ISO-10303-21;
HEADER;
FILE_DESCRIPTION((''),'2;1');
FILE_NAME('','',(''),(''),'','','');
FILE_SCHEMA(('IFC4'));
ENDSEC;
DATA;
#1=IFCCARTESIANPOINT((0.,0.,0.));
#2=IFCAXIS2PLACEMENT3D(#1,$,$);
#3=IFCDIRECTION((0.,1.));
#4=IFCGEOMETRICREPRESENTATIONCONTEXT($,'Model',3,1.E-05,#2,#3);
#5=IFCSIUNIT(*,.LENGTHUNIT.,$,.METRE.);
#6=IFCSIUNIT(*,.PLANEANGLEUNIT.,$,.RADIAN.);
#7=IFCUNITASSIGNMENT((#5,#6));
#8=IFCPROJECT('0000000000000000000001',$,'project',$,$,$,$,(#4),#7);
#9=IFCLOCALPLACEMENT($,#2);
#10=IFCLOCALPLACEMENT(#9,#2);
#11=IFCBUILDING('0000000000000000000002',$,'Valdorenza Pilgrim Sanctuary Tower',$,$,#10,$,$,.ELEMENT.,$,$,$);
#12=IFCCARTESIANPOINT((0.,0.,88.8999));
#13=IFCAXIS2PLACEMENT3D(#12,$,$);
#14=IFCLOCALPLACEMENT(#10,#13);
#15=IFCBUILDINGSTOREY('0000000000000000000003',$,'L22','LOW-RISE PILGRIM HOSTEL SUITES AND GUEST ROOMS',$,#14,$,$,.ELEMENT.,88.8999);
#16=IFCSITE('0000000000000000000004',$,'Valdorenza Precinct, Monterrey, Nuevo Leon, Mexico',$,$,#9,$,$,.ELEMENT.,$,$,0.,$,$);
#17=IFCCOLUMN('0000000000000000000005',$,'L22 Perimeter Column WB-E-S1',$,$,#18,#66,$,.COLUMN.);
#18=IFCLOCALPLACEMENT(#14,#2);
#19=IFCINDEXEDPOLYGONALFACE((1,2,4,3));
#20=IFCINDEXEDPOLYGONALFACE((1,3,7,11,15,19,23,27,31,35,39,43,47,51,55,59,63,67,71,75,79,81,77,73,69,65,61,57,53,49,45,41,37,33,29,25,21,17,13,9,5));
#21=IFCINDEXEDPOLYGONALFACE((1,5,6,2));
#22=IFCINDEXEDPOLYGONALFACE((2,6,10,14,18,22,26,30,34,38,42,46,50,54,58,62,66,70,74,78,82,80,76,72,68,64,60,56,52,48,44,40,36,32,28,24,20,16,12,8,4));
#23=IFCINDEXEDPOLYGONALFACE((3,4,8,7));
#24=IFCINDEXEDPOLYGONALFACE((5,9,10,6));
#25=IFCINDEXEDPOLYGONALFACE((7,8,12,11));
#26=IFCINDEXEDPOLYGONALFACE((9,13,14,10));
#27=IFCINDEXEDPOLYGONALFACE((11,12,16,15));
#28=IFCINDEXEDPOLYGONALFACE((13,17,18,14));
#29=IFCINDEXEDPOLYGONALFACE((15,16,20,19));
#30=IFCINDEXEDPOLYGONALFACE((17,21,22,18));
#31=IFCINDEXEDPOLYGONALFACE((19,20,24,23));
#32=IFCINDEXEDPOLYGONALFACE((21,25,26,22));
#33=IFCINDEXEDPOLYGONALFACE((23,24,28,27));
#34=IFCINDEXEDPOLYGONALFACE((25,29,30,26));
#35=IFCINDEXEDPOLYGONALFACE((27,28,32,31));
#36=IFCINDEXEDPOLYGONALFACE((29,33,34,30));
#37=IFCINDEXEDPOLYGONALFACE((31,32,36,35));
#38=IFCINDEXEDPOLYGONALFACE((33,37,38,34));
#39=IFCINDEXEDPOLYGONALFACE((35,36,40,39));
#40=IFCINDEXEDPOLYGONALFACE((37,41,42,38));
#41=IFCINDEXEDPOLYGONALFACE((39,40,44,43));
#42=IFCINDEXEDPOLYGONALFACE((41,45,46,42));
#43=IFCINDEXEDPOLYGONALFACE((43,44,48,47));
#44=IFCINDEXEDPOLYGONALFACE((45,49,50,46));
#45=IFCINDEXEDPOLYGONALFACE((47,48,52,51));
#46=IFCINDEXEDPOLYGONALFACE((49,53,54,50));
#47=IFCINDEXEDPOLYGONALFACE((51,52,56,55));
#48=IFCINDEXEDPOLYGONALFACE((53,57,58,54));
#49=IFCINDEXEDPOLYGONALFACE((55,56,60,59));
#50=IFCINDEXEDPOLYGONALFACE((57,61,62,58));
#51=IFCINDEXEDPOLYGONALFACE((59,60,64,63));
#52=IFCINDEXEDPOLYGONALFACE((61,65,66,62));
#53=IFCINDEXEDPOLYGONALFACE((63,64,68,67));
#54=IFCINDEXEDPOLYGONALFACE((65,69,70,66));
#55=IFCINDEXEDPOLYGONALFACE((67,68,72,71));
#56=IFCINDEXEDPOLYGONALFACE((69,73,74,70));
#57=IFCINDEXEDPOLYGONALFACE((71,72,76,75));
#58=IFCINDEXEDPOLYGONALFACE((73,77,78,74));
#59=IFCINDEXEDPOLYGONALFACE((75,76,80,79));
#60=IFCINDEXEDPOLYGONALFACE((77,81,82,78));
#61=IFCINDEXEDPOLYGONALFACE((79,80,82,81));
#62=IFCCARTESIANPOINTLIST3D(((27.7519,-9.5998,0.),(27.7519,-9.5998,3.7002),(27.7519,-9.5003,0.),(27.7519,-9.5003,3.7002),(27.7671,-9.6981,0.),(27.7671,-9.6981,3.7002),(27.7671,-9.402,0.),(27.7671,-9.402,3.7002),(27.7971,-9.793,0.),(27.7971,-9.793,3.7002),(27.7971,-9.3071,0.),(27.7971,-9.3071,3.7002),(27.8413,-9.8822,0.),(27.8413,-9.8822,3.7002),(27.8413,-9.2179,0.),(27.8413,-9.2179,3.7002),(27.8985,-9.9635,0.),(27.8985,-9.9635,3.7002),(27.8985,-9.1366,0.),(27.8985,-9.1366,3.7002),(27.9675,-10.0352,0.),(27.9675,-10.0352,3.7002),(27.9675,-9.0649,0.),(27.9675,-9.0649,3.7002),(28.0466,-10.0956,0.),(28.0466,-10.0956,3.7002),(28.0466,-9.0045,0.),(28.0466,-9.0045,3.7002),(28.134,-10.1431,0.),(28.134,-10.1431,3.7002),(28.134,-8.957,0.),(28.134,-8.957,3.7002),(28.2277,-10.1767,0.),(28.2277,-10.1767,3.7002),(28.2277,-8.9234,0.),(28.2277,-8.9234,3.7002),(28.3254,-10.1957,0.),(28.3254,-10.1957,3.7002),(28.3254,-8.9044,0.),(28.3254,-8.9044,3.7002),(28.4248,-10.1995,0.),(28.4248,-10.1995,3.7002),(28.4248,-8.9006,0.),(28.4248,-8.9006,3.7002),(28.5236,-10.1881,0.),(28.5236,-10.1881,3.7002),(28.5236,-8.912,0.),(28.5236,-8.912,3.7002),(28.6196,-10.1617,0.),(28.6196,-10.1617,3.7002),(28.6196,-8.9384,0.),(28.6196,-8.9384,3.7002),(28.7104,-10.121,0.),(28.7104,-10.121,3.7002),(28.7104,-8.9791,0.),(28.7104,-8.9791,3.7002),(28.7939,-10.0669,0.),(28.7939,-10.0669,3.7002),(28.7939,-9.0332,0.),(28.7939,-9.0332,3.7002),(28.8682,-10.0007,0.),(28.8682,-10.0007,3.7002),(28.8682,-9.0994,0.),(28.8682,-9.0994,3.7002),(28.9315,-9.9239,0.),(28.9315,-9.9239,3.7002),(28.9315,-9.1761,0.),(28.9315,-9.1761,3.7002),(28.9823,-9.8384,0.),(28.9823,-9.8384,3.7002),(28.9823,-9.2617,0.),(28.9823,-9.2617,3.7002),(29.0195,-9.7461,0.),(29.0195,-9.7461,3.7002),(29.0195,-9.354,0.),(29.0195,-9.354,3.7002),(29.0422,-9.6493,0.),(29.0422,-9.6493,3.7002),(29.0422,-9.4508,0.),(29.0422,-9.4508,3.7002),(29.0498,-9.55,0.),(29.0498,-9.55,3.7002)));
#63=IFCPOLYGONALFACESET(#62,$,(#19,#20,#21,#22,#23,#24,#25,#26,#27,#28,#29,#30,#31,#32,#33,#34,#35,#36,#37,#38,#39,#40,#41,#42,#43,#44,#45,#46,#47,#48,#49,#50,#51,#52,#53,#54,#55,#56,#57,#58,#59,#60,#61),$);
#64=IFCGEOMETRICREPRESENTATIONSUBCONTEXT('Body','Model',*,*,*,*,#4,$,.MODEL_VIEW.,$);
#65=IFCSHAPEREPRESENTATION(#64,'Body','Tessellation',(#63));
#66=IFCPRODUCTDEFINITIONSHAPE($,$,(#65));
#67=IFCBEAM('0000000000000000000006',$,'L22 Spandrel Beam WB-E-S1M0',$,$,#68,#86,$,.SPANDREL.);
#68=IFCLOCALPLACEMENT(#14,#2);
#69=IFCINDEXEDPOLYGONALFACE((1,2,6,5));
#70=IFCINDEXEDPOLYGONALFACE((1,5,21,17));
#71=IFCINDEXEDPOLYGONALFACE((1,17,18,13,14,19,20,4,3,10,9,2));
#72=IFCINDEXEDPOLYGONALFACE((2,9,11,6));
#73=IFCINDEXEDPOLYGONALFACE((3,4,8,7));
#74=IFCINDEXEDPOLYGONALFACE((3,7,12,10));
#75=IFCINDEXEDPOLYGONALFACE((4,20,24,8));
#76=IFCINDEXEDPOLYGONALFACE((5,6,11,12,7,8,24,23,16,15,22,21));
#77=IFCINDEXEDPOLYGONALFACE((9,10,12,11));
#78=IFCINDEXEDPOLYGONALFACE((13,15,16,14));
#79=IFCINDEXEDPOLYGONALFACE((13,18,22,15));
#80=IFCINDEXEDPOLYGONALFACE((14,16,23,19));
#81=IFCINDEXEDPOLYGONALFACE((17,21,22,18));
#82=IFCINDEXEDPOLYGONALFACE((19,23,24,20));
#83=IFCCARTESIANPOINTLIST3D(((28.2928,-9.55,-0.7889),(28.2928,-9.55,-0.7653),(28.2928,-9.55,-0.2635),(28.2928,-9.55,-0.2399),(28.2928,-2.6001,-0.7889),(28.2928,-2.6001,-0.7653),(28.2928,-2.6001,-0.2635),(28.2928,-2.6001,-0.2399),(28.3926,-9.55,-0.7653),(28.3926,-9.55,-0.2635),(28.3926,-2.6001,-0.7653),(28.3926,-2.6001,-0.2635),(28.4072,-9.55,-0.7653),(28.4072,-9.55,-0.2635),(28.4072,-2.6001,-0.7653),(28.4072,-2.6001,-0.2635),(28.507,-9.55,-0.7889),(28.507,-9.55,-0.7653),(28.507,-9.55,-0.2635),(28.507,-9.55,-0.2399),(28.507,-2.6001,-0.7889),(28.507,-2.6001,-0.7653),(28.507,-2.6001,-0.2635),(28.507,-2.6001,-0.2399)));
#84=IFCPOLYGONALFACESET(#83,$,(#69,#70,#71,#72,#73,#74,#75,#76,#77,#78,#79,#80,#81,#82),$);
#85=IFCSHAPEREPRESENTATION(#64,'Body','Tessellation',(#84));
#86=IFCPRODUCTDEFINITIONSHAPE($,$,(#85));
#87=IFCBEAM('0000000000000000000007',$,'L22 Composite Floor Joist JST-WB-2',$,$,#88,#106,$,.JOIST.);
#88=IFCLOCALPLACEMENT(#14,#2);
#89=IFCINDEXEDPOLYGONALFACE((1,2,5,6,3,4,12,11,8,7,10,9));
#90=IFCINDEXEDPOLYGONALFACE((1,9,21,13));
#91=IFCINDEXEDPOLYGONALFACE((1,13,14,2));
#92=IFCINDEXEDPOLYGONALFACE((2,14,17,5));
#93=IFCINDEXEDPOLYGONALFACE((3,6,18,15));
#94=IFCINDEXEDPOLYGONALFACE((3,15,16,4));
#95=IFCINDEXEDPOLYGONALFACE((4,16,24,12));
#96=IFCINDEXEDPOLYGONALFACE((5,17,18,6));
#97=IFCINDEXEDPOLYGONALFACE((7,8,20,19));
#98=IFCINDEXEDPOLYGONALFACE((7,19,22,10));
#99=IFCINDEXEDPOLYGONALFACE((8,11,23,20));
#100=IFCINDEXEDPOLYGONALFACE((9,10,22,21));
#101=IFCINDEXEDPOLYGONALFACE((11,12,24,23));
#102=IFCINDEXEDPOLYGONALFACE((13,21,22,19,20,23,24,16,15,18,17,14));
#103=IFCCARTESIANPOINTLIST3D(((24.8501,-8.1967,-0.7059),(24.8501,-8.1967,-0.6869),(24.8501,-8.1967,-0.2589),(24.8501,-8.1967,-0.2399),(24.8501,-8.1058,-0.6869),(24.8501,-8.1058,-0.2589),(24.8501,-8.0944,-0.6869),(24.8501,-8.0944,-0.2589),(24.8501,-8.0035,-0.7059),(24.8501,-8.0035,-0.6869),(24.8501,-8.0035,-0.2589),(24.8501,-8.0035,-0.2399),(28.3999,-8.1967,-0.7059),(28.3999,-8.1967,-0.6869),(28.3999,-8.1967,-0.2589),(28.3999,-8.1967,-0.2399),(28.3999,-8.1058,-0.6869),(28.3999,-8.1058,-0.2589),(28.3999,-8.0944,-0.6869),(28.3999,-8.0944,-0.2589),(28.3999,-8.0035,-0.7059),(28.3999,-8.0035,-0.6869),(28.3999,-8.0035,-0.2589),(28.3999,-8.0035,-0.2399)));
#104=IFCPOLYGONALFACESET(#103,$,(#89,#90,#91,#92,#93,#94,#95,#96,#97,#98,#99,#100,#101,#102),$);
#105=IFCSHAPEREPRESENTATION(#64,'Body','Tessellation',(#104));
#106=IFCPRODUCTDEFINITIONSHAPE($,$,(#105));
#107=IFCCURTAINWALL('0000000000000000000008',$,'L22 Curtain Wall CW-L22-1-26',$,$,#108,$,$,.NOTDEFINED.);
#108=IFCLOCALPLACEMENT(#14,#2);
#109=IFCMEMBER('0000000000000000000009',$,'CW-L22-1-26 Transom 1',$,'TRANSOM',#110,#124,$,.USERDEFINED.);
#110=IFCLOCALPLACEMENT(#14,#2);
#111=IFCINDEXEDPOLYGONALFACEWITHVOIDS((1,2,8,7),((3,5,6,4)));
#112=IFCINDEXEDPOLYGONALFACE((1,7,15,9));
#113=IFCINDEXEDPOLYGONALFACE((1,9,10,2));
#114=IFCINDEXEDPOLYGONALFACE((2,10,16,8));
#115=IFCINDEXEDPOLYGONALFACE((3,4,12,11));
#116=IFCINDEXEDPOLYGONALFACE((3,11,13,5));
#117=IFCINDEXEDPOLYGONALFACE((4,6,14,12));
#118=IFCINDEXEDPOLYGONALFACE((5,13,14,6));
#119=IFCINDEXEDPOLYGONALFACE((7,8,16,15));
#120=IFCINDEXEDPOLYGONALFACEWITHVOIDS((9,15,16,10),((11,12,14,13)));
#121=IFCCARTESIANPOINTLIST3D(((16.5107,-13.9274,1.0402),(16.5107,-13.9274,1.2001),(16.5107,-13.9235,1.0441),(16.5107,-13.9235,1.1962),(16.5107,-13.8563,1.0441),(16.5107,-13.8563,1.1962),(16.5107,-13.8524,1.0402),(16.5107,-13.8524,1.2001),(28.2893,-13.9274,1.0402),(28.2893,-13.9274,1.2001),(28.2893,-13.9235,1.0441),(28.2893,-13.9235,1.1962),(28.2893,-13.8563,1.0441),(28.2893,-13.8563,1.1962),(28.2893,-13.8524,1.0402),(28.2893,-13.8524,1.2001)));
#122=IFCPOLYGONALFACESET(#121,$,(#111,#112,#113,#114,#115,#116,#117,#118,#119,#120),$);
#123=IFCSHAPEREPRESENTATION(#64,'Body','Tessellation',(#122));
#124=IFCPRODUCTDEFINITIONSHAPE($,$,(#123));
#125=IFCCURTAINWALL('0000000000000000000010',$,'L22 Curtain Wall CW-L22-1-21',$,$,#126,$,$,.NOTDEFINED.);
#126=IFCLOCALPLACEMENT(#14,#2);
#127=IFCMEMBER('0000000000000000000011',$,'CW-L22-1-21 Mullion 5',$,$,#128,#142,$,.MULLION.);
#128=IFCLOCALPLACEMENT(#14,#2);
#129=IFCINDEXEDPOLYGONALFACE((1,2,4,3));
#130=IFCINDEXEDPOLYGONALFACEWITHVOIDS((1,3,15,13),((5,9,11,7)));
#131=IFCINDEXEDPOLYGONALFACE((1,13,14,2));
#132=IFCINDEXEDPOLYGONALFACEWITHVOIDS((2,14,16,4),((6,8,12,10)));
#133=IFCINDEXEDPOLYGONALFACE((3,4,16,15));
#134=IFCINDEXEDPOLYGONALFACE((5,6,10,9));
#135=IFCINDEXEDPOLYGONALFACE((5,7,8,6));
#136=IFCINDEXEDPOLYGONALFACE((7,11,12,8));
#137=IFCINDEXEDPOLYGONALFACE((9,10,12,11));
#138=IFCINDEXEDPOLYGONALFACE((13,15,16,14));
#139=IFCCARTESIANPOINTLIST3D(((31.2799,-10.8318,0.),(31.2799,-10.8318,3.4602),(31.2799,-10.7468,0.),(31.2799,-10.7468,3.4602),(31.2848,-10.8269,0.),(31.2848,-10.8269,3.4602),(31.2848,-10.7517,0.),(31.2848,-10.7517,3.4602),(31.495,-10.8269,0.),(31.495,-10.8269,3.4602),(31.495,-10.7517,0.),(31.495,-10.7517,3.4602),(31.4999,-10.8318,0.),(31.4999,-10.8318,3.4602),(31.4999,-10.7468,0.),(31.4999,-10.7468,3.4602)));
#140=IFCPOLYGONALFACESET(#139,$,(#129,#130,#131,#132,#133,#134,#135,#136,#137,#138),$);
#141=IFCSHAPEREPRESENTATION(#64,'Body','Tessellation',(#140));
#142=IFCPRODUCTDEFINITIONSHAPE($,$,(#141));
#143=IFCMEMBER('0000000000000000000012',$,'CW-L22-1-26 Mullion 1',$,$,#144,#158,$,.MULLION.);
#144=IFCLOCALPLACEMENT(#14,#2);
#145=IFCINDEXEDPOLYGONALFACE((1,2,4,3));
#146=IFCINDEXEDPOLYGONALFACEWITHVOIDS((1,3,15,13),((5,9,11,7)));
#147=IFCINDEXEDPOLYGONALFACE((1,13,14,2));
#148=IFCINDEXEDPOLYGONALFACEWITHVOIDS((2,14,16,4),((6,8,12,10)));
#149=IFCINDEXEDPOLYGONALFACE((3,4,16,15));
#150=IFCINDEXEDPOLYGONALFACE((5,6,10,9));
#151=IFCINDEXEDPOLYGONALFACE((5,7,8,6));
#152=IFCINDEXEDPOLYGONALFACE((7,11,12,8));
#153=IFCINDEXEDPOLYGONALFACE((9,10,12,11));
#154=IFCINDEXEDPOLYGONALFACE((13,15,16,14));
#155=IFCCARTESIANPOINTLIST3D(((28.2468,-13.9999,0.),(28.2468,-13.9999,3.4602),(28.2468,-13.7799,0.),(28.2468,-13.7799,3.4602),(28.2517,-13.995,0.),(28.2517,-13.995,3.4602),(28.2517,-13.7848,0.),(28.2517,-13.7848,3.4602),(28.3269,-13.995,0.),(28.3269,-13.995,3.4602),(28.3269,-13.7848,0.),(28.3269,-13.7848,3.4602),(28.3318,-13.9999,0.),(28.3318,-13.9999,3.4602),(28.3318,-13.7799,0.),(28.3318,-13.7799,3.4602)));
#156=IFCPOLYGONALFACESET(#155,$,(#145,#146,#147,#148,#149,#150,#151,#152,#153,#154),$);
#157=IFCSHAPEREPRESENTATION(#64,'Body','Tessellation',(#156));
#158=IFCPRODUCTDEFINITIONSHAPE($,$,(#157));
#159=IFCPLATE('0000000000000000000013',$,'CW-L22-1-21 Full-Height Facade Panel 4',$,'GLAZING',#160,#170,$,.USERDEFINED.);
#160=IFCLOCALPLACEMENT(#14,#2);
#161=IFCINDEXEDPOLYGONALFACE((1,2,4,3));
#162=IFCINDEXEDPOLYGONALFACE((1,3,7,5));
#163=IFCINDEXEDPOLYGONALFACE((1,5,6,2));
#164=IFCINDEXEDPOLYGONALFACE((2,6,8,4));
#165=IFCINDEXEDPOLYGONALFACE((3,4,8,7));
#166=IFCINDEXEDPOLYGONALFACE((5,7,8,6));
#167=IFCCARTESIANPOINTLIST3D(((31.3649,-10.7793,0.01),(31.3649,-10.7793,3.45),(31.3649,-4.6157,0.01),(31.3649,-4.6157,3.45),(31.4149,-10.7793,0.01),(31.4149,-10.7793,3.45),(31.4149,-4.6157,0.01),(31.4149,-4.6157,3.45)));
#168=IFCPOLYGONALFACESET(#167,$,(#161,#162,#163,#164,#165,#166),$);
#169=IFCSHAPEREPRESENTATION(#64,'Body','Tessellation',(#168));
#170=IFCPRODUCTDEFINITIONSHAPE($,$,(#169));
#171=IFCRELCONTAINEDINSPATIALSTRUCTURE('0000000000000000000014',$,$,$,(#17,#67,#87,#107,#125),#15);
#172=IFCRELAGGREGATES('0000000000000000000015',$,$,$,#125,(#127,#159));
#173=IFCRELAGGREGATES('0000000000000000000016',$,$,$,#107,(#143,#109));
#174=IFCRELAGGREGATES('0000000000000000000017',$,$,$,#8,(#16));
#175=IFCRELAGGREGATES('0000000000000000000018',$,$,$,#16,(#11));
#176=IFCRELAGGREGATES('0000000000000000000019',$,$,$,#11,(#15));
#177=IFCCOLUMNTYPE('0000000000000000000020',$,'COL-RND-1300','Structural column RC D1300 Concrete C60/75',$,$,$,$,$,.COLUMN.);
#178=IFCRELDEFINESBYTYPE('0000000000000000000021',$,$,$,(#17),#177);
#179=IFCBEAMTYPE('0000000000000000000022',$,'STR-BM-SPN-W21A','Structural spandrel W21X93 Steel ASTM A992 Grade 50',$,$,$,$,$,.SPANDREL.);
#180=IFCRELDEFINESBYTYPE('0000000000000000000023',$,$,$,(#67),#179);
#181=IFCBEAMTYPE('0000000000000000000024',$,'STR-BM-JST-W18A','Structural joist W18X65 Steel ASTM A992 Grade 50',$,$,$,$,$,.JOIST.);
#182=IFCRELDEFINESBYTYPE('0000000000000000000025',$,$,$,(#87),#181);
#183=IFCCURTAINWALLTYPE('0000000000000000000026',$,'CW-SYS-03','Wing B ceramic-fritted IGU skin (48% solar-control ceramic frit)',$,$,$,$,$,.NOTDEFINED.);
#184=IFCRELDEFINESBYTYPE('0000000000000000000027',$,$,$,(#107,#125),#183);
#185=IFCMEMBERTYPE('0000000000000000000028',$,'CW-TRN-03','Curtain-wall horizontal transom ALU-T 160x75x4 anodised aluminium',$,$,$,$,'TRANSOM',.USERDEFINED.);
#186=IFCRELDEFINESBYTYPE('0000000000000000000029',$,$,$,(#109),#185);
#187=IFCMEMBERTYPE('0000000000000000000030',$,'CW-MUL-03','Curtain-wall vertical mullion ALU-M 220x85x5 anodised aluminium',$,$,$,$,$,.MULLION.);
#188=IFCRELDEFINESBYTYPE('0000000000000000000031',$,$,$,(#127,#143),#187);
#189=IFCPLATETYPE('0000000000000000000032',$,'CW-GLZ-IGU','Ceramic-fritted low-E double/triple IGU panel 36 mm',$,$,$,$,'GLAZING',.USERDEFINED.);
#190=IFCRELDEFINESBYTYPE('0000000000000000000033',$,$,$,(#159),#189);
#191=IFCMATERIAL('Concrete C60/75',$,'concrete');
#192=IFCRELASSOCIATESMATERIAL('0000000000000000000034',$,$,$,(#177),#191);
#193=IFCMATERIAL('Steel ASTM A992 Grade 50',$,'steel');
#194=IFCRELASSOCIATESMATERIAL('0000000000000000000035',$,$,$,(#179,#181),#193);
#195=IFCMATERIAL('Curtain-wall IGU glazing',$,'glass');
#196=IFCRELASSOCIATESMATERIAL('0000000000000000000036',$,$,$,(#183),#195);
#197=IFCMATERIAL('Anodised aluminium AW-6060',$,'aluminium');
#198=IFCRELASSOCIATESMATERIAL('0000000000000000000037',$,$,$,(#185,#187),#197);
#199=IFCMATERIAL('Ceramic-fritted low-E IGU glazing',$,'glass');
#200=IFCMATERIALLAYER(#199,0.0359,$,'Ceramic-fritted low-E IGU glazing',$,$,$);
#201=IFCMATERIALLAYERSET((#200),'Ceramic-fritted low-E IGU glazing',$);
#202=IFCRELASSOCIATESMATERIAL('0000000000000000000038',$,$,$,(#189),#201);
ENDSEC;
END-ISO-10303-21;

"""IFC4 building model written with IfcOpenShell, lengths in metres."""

from ifc_helpers import new_model, si_unit, direction, frame, origin, origin_2d, place, context, subcontext, project, spatial, rectangle, hollow_rectangle, circle, i_section, extrude, source, transform, mapped, material, layer, layer_set, material_profile, profile_set, type_object, element, aggregate, save


model = new_model("IFC4")

# Units and contexts
model_context = context("Model", 3, precision=1e-05, world=origin(), true_north=direction((0.0, 1.0)))
body_context = subcontext(model_context, "Body", "Model", "MODEL_VIEW")
ifc_project = project(units=[si_unit("LENGTHUNIT", "METRE"), si_unit("PLANEANGLEUNIT", "RADIAN")], contexts=[model_context])

# Site, building, storey
site_placement = place(None, origin())
site = spatial("IfcSite", under=ifc_project, at=site_placement, Name="Valdorenza Precinct, Monterrey, Nuevo Leon, Mexico", CompositionType="ELEMENT", RefElevation=0.0)
building_placement = place(site_placement, origin())
building = spatial("IfcBuilding", under=site, at=building_placement, Name="Valdorenza Pilgrim Sanctuary Tower", CompositionType="ELEMENT")
storey_placement = place(building_placement, frame((0.0, 0.0, 88.8999)))
storey = spatial("IfcBuildingStorey", under=building, at=storey_placement, Name="L22", Description="LOW-RISE PILGRIM HOSTEL SUITES AND GUEST ROOMS", CompositionType="ELEMENT", Elevation=88.8999)

# Column
ifc_material_1 = material(Name="Concrete C60/75", Category="concrete")
ifc_material_profile_1 = material_profile(ifc_material_1, circle(Radius=0.6499, at=origin_2d()), Name="RC D1300")
ifc_profile_set_1 = profile_set([ifc_material_profile_1], Name="Concrete C60/75")
column_type = type_object("IfcColumnType", Name="COL-RND-1300", Description="Structural column RC D1300 Concrete C60/75", PredefinedType="COLUMN", material=ifc_profile_set_1)
shared_shape_1 = source(origin(), body_context, "Body", "SweptSolid", [
    extrude(circle(Radius=0.6499, at=origin_2d()), origin(), (0.0, 0.0, 1.0), 3.7002),
])
column_placement = place(storey_placement, frame((28.3999, -9.55, 0.0), z_axis=(0.0, 0.0, 1.0), x_axis=(1.0, 0.0, 0.0)))
element("IfcColumn", 1, at=column_placement, inside=storey, type_object=column_type, Name="L22 Perimeter Column WB-E-S1", PredefinedType="COLUMN", context=body_context, shape_type="MappedRepresentation", body=[
    mapped(shared_shape_1, transform((0.0, 0.0, 0.0), x_axis=(1.0, 0.0, 0.0), y_axis=(0.0, 1.0, 0.0), z_axis=(0.0, 0.0, 1.0), scale=1.0)),
])

# Beams
ifc_material_2 = material(Name="Steel ASTM A992 Grade 50", Category="steel")
ifc_material_profile_2 = material_profile(ifc_material_2, i_section(OverallWidth=0.2141, OverallDepth=0.5491, WebThickness=0.0146, FlangeThickness=0.0237, at=origin_2d()), Name="W21X93")
ifc_profile_set_2 = profile_set([ifc_material_profile_2], Name="Steel ASTM A992 Grade 50")
beam_type_1 = type_object("IfcBeamType", Name="STR-BM-SPN-W21A", Description="Structural spandrel W21X93 Steel ASTM A992 Grade 50", PredefinedType="SPANDREL", material=ifc_profile_set_2)
shared_shape_2 = source(origin(), body_context, "Body", "SweptSolid", [
    extrude(i_section(OverallWidth=0.2141, OverallDepth=0.5491, WebThickness=0.0146, FlangeThickness=0.0237, at=origin_2d()), origin(), (0.0, 0.0, 1.0), 6.95),
])
beam_1_placement = place(storey_placement, frame((28.3999, -9.55, -0.5144), z_axis=(0.0, 1.0, 0.0), x_axis=(-1.0, 0.0, 0.0)))
element("IfcBeam", 2, at=beam_1_placement, inside=storey, type_object=beam_type_1, Name="L22 Spandrel Beam WB-E-S1M0", PredefinedType="SPANDREL", context=body_context, shape_type="MappedRepresentation", body=[
    mapped(shared_shape_2, transform((0.0, 0.0, 0.0), x_axis=(1.0, 0.0, 0.0), y_axis=(0.0, 1.0, 0.0), z_axis=(0.0, 0.0, 1.0), scale=1.0)),
])
ifc_material_profile_3 = material_profile(ifc_material_2, i_section(OverallWidth=0.1931, OverallDepth=0.4661, WebThickness=0.0115, FlangeThickness=0.019, at=origin_2d()), Name="W18X65")
ifc_profile_set_3 = profile_set([ifc_material_profile_3], Name="Steel ASTM A992 Grade 50")
beam_type_2 = type_object("IfcBeamType", Name="STR-BM-JST-W18A", Description="Structural joist W18X65 Steel ASTM A992 Grade 50", PredefinedType="JOIST", material=ifc_profile_set_3)
shared_shape_3 = source(origin(), body_context, "Body", "SweptSolid", [
    extrude(i_section(OverallWidth=0.1931, OverallDepth=0.4661, WebThickness=0.0115, FlangeThickness=0.019, at=origin_2d()), origin(), (0.0, 0.0, 1.0), 3.5498),
])
beam_2_placement = place(storey_placement, frame((24.8501, -8.1001, -0.4729), z_axis=(1.0, 0.0, 0.0), x_axis=(0.0, 1.0, 0.0)))
element("IfcBeam", 3, at=beam_2_placement, inside=storey, type_object=beam_type_2, Name="L22 Composite Floor Joist JST-WB-2", PredefinedType="JOIST", context=body_context, shape_type="MappedRepresentation", body=[
    mapped(shared_shape_3, transform((0.0, 0.0, 0.0), x_axis=(1.0, 0.0, 0.0), y_axis=(0.0, 1.0, 0.0), z_axis=(0.0, 0.0, 1.0), scale=1.0)),
])

# Curtain walls, members
ifc_material_3 = material(Name="Curtain-wall IGU glazing", Category="glass")
curtain_wall_type = type_object("IfcCurtainWallType", Name="CW-SYS-03", Description="Wing B ceramic-fritted IGU skin (48% solar-control ceramic frit)", PredefinedType="NOTDEFINED", material=ifc_material_3)
curtain_wall_1_placement = place(storey_placement, origin())
curtain_wall_1 = element("IfcCurtainWall", 4, at=curtain_wall_1_placement, inside=storey, type_object=curtain_wall_type, Name="L22 Curtain Wall CW-L22-1-26", PredefinedType="NOTDEFINED")
ifc_material_4 = material(Name="Anodised aluminium AW-6060", Category="aluminium")
ifc_material_profile_4 = material_profile(ifc_material_4, hollow_rectangle(XDim=0.075, YDim=0.1599, WallThickness=0.0039, at=origin_2d()), Name="ALU-T 160x75x4")
ifc_profile_set_4 = profile_set([ifc_material_profile_4], Name="Anodised aluminium AW-6060")
member_type_1 = type_object("IfcMemberType", Name="CW-TRN-03", Description="Curtain-wall horizontal transom ALU-T 160x75x4 anodised aluminium", ElementType="TRANSOM", PredefinedType="USERDEFINED", material=ifc_profile_set_4)
shared_shape_4 = source(origin(), body_context, "Body", "SweptSolid", [
    extrude(hollow_rectangle(XDim=0.075, YDim=0.1599, WallThickness=0.0039, at=origin_2d()), origin(), (0.0, 0.0, 1.0), 11.7786),
])
member_1_placement = place(storey_placement, frame((28.2893, -13.8899, 1.1201), z_axis=(-1.0, 0.0, 0.0), x_axis=(0.0, -1.0, 0.0)))
member_1 = element("IfcMember", 5, at=member_1_placement, type_object=member_type_1, Name="CW-L22-1-26 Transom 1", ObjectType="TRANSOM", PredefinedType="USERDEFINED", context=body_context, shape_type="MappedRepresentation", body=[
    mapped(shared_shape_4, transform((0.0, 0.0, 0.0), x_axis=(1.0, 0.0, 0.0), y_axis=(0.0, 1.0, 0.0), z_axis=(0.0, 0.0, 1.0), scale=1.0)),
])
curtain_wall_2_placement = place(storey_placement, origin())
curtain_wall_2 = element("IfcCurtainWall", 6, at=curtain_wall_2_placement, inside=storey, type_object=curtain_wall_type, Name="L22 Curtain Wall CW-L22-1-21", PredefinedType="NOTDEFINED")
ifc_material_profile_5 = material_profile(ifc_material_4, hollow_rectangle(XDim=0.085, YDim=0.22, WallThickness=0.0049, at=origin_2d()), Name="ALU-M 220x85x5")
ifc_profile_set_5 = profile_set([ifc_material_profile_5], Name="Anodised aluminium AW-6060")
member_type_2 = type_object("IfcMemberType", Name="CW-MUL-03", Description="Curtain-wall vertical mullion ALU-M 220x85x5 anodised aluminium", PredefinedType="MULLION", material=ifc_profile_set_5)
shared_shape_5 = source(origin(), body_context, "Body", "SweptSolid", [
    extrude(hollow_rectangle(XDim=0.085, YDim=0.22, WallThickness=0.0049, at=origin_2d()), origin(), (0.0, 0.0, 1.0), 3.4602),
])
member_2_placement = place(storey_placement, frame((31.3899, -10.7893, 0.0), z_axis=(0.0, 0.0, 1.0), x_axis=(0.0, -1.0, 0.0)))
member_2 = element("IfcMember", 7, at=member_2_placement, type_object=member_type_2, Name="CW-L22-1-21 Mullion 5", PredefinedType="MULLION", context=body_context, shape_type="MappedRepresentation", body=[
    mapped(shared_shape_5, transform((0.0, 0.0, 0.0), x_axis=(1.0, 0.0, 0.0), y_axis=(0.0, 1.0, 0.0), z_axis=(0.0, 0.0, 1.0), scale=1.0)),
])

# Member
member_3_placement = place(storey_placement, frame((28.2893, -13.8899, 0.0), z_axis=(0.0, 0.0, 1.0), x_axis=(-1.0, 0.0, 0.0)))
member_3 = element("IfcMember", 8, at=member_3_placement, type_object=member_type_2, Name="CW-L22-1-26 Mullion 1", PredefinedType="MULLION", context=body_context, shape_type="MappedRepresentation", body=[
    mapped(shared_shape_5, transform((0.0, 0.0, 0.0), x_axis=(1.0, 0.0, 0.0), y_axis=(0.0, 1.0, 0.0), z_axis=(0.0, 0.0, 1.0), scale=1.0)),
])

# Plate
ifc_material_5 = material(Name="Ceramic-fritted low-E IGU glazing", Category="glass")
ifc_layer_1 = layer(ifc_material_5, 0.0359, Name="Ceramic-fritted low-E IGU glazing")
ifc_layer_set_1 = layer_set([ifc_layer_1], Name="Ceramic-fritted low-E IGU glazing")
plate_type_1 = type_object("IfcPlateType", Name="CW-GLZ-IGU", Description="Ceramic-fritted low-E double/triple IGU panel 36 mm", ElementType="GLAZING", PredefinedType="USERDEFINED", material=ifc_layer_set_1)
shared_shape_6 = source(origin(), body_context, "Body", "SweptSolid", [
    extrude(rectangle(XDim=6.1636, YDim=0.05, at=origin_2d()), origin(), (0.0, 0.0, 1.0), 3.4399),
])
plate_1_placement = place(storey_placement, frame((31.3899, -7.6975, 0.01), z_axis=(0.0, 0.0, 1.0), x_axis=(0.0, -1.0, 0.0)))
plate_1 = element("IfcPlate", 9, at=plate_1_placement, type_object=plate_type_1, Name="CW-L22-1-21 Full-Height Facade Panel 4", ObjectType="GLAZING", PredefinedType="USERDEFINED", context=body_context, shape_type="MappedRepresentation", body=[
    mapped(shared_shape_6, transform((0.0, 0.0, 0.0), x_axis=(1.0, 0.0, 0.0), y_axis=(0.0, 1.0, 0.0), z_axis=(0.0, 0.0, 1.0), scale=1.0)),
])
aggregate(curtain_wall_2, [member_2, plate_1])
aggregate(curtain_wall_1, [member_3, member_1])

save(model, "model.ifc")
